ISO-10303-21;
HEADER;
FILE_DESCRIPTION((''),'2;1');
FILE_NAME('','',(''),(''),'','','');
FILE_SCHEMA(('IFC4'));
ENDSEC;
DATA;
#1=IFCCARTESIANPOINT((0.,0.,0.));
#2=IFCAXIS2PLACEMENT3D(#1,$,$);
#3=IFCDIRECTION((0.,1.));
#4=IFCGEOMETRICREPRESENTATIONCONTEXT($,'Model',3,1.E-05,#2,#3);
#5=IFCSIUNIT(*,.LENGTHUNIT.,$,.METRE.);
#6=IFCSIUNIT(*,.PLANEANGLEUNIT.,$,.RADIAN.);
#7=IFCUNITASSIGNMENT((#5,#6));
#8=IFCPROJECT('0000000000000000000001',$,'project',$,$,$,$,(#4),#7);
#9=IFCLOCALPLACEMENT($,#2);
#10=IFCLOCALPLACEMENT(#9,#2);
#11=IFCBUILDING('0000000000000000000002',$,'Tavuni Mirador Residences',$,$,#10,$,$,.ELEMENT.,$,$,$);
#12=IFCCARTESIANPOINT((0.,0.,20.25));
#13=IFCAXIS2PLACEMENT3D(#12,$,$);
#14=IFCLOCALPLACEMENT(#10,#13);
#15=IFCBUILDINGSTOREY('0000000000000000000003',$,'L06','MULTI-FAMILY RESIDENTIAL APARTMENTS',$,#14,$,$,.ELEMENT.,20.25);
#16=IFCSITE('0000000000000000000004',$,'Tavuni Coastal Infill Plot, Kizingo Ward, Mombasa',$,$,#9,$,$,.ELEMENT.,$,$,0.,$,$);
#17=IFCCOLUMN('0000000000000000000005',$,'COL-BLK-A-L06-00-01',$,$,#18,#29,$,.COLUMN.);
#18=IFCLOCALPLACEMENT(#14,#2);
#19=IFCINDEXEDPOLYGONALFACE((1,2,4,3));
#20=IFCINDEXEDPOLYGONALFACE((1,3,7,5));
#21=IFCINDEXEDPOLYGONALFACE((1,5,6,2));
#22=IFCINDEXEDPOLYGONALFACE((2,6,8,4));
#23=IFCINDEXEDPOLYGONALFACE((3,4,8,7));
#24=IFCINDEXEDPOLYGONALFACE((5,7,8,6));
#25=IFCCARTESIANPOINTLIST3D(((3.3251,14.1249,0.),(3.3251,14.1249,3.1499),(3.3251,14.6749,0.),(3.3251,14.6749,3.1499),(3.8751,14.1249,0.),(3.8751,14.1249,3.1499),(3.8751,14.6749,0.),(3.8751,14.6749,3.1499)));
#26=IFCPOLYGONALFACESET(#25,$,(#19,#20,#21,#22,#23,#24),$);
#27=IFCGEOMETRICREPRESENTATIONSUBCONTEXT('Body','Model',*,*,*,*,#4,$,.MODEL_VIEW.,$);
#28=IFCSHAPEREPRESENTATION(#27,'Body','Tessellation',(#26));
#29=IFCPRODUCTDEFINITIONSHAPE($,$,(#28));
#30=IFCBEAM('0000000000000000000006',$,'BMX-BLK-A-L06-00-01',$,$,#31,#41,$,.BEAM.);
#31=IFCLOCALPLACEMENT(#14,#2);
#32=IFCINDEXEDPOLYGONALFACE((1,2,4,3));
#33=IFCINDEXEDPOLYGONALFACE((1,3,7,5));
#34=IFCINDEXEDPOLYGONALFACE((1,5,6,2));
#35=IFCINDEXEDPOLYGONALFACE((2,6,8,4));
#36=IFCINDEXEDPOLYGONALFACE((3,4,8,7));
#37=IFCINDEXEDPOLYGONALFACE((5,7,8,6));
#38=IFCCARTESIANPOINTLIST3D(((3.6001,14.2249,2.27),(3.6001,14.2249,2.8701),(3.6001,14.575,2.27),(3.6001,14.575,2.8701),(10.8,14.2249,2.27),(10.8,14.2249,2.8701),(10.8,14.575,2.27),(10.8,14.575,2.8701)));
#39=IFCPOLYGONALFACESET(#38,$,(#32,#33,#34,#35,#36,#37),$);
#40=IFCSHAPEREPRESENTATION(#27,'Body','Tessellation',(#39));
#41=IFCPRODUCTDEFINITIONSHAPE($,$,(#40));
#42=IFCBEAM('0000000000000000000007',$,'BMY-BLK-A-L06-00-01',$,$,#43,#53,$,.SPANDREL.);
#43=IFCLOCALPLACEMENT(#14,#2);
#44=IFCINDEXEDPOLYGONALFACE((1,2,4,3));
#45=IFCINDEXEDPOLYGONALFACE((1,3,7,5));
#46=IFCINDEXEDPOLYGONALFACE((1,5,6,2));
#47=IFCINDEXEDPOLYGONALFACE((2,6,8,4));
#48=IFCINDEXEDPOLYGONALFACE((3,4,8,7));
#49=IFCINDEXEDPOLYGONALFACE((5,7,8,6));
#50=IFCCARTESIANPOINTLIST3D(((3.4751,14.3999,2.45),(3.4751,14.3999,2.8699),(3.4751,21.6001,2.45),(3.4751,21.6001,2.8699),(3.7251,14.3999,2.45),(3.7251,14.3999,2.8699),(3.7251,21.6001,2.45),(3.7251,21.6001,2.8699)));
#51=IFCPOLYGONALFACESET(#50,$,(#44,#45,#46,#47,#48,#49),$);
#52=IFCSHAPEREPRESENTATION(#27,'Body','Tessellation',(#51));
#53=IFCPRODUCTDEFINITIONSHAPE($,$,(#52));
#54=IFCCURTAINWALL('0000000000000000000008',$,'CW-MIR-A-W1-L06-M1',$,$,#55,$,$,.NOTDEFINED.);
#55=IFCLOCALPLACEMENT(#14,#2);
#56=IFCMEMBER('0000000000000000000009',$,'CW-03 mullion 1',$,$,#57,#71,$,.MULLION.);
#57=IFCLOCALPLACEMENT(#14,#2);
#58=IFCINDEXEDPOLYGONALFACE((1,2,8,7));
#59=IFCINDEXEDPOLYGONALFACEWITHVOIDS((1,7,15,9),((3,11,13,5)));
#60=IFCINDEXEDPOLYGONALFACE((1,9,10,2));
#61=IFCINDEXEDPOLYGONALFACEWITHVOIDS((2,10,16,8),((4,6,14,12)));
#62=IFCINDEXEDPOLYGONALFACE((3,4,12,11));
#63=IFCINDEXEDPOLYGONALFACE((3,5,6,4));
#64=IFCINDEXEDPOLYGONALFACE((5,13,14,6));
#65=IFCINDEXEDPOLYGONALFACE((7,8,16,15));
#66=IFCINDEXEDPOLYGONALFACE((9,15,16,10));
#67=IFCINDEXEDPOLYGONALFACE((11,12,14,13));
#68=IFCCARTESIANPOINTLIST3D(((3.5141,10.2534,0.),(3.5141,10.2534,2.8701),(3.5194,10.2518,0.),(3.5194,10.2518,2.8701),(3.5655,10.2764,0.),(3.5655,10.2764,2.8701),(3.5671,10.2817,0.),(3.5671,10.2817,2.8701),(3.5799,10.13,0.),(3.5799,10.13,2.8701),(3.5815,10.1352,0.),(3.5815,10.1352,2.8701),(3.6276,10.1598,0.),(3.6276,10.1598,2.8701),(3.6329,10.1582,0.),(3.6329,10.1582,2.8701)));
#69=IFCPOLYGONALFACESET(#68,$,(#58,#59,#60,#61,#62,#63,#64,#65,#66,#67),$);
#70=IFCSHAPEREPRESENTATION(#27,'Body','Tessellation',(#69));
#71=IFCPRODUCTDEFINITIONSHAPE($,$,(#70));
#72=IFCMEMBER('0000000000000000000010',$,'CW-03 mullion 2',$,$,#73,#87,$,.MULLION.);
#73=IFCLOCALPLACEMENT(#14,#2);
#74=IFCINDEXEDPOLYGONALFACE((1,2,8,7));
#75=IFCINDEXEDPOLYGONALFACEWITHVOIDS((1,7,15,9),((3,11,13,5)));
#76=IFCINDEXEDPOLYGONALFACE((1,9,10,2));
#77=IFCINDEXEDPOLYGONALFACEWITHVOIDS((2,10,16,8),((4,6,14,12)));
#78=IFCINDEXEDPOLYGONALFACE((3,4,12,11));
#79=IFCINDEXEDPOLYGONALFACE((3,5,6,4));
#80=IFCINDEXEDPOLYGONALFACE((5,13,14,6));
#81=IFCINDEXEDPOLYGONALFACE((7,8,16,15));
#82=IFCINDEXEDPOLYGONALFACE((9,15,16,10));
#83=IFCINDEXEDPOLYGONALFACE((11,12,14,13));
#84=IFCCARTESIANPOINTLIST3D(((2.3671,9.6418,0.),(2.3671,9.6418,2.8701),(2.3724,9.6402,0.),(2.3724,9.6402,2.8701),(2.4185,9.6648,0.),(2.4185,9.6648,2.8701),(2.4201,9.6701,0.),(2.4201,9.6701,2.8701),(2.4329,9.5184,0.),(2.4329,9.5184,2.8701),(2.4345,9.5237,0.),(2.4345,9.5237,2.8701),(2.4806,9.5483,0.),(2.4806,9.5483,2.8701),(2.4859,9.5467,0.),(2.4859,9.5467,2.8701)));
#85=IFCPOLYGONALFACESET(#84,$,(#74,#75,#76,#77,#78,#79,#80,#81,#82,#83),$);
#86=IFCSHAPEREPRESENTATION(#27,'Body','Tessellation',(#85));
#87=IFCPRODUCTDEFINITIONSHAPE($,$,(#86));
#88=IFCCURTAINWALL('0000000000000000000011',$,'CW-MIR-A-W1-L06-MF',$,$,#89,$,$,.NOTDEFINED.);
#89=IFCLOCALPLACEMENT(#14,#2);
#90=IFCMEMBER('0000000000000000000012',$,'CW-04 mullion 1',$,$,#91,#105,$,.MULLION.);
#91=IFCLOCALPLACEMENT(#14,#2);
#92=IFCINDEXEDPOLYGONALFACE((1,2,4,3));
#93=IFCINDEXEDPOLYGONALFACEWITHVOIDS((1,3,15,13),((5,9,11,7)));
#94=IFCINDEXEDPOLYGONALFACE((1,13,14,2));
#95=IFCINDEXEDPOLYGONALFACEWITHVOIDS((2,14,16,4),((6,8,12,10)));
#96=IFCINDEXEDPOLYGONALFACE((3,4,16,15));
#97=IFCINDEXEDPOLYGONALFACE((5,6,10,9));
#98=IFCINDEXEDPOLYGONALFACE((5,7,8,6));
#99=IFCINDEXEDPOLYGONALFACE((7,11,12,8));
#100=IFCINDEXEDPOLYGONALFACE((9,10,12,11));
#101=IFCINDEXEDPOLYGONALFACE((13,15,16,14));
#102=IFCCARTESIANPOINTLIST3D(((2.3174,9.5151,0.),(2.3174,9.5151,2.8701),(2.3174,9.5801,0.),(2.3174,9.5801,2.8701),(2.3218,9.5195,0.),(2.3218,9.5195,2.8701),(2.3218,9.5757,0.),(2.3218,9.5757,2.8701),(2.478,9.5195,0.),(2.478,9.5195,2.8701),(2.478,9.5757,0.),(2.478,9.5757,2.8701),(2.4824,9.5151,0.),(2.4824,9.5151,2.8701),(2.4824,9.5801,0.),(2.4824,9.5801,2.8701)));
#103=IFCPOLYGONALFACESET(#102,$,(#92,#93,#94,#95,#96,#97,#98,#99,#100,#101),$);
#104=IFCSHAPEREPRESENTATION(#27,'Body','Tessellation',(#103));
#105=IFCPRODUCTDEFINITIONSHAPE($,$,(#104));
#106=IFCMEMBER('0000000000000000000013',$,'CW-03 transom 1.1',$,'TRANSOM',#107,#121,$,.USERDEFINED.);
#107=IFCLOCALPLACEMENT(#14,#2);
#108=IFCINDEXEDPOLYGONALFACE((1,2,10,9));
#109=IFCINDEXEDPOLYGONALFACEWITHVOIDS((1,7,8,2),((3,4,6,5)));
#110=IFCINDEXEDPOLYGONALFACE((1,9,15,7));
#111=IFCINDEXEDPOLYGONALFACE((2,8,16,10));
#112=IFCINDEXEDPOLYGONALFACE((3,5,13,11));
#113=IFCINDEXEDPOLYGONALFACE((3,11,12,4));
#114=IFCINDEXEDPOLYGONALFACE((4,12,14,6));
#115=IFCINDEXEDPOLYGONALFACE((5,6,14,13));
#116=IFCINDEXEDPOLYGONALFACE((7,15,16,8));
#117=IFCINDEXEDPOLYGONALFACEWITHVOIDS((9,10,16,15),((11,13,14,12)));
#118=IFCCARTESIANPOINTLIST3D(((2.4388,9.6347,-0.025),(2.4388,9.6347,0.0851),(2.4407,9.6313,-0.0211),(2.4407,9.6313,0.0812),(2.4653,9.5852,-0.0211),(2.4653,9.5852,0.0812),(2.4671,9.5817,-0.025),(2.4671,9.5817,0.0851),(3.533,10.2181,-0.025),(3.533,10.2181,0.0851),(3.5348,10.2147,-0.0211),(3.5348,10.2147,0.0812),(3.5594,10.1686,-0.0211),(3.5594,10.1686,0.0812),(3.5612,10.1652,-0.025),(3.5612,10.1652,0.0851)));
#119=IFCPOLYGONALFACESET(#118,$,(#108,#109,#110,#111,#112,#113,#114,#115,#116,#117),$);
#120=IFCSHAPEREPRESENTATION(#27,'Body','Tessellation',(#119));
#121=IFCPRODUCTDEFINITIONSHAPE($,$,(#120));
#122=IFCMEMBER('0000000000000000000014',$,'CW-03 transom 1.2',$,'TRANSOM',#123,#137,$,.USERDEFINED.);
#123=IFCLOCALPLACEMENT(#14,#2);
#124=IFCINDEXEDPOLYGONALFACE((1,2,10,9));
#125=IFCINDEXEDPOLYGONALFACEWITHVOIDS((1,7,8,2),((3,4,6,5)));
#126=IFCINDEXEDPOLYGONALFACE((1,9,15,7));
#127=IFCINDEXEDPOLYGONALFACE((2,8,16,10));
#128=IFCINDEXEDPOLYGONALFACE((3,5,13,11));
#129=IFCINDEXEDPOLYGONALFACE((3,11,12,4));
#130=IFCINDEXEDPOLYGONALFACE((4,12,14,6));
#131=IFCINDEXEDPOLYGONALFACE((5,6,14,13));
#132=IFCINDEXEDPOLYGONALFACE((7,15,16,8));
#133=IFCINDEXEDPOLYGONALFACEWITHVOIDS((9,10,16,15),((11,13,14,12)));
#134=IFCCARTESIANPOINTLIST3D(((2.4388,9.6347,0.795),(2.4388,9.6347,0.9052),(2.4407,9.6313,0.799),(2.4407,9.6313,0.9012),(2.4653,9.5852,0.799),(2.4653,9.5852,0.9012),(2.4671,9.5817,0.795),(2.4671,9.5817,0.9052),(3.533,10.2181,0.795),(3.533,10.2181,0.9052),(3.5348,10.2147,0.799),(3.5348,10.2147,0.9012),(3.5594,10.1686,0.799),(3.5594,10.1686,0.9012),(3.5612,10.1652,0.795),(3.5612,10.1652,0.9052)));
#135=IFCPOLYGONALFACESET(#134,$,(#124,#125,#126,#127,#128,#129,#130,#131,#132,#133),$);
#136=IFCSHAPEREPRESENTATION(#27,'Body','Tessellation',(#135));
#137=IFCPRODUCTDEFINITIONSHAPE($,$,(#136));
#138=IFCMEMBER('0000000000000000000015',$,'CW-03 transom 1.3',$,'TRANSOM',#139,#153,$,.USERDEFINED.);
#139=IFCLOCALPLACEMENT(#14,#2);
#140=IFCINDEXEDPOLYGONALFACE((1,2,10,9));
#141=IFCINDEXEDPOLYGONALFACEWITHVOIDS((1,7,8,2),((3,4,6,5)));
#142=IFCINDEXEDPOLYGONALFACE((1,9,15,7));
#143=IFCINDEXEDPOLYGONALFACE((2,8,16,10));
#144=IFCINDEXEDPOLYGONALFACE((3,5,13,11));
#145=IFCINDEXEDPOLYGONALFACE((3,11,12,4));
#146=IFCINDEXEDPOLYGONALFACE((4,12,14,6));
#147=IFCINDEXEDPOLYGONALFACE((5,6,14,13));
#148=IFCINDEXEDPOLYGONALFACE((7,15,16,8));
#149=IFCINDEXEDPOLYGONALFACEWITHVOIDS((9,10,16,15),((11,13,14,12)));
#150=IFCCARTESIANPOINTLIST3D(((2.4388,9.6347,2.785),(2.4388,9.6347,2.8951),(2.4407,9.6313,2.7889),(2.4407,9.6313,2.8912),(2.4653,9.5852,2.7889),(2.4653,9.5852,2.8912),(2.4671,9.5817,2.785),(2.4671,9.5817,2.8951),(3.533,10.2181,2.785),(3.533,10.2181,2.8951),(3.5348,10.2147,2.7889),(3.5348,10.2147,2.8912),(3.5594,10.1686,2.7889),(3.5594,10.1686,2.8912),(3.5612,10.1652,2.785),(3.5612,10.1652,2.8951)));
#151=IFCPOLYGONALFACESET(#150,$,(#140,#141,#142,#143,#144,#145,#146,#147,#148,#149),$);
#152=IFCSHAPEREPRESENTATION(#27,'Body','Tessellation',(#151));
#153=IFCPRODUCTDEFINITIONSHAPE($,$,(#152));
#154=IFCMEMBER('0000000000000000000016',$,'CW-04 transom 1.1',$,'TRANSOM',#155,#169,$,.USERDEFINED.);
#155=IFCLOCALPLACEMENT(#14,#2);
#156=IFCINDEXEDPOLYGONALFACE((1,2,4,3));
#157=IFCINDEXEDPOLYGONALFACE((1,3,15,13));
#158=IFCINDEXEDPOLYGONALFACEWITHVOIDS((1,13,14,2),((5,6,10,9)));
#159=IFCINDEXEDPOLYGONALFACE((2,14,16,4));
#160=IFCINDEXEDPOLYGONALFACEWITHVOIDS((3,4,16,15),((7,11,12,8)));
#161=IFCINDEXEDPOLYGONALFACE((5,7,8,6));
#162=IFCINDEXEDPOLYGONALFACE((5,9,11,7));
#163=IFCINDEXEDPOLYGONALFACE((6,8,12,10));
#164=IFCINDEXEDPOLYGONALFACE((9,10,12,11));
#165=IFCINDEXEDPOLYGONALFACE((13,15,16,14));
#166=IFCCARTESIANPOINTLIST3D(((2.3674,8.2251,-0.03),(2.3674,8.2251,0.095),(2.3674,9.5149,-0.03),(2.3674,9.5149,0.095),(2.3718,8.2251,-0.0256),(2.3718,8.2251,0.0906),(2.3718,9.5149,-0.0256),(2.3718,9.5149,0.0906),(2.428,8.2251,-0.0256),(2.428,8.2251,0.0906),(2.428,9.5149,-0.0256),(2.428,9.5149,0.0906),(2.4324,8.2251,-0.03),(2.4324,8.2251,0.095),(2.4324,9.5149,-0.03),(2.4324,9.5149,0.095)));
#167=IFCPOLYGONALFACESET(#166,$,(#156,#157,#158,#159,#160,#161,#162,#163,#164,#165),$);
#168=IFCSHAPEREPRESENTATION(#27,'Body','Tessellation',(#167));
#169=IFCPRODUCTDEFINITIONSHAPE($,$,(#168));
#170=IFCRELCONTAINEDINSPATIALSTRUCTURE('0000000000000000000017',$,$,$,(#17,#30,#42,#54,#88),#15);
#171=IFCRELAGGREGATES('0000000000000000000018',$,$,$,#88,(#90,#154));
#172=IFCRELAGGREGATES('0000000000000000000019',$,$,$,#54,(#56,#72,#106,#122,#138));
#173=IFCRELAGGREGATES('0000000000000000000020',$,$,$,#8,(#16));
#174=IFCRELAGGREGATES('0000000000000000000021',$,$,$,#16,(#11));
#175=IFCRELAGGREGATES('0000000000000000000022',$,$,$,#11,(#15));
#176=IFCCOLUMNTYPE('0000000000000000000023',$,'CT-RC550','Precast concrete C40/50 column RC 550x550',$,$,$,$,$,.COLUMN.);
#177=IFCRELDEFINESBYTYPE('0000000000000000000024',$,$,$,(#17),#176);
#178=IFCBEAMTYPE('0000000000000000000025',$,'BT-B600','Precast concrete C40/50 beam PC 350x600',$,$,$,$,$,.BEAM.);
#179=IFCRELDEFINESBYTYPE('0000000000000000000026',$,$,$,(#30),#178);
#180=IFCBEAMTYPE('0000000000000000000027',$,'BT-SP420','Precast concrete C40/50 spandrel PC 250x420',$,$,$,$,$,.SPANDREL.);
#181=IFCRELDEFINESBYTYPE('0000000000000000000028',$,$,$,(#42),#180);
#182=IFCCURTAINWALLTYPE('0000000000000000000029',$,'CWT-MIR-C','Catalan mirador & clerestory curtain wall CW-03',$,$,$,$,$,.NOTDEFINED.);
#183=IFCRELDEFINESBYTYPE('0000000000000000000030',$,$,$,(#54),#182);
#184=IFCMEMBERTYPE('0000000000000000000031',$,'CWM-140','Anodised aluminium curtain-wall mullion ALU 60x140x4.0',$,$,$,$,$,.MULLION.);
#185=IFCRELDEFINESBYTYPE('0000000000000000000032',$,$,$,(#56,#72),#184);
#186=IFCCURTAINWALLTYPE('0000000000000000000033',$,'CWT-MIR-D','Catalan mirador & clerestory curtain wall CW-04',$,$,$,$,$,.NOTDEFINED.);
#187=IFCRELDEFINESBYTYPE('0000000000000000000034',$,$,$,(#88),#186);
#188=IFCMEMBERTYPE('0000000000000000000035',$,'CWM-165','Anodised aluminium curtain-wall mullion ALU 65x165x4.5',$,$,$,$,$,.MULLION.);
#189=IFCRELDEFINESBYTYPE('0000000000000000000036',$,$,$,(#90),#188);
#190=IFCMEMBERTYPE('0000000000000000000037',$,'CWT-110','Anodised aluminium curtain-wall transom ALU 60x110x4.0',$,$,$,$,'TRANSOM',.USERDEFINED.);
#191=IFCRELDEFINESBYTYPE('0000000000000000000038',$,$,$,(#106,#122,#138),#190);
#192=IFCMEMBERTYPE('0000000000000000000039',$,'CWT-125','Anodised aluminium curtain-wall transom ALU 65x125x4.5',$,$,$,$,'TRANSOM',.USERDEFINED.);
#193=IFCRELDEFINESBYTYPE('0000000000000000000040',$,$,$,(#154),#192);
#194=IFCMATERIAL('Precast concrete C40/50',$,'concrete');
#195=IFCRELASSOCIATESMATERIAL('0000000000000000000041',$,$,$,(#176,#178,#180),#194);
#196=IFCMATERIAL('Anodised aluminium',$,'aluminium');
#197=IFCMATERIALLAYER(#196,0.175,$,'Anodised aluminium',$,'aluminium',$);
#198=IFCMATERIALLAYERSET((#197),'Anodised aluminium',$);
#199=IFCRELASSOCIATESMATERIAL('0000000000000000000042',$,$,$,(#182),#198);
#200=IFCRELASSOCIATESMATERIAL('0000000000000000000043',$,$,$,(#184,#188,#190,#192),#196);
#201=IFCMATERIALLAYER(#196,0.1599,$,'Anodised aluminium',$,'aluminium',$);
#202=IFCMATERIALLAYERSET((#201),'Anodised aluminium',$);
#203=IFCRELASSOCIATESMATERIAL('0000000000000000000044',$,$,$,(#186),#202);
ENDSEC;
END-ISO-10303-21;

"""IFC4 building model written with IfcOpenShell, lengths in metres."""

from ifc_helpers import new_model, si_unit, direction, frame, origin, origin_2d, place, context, subcontext, project, spatial, rectangle, hollow_rectangle, extrude, material, layer, layer_set, material_profile, profile_set, type_object, element, aggregate, save


model = new_model("IFC4")

# Units and contexts
model_context = context("Model", 3, precision=1e-05, world=origin(), true_north=direction((0.0, 1.0)))
body_context = subcontext(model_context, "Body", "Model", "MODEL_VIEW")
ifc_project = project(units=[si_unit("LENGTHUNIT", "METRE"), si_unit("PLANEANGLEUNIT", "RADIAN")], contexts=[model_context])

# Site, building, storey
site_placement = place(None, origin())
site = spatial("IfcSite", under=ifc_project, at=site_placement, Name="Tavuni Coastal Infill Plot, Kizingo Ward, Mombasa", CompositionType="ELEMENT", RefElevation=0.0)
building_placement = place(site_placement, origin())
building = spatial("IfcBuilding", under=site, at=building_placement, Name="Tavuni Mirador Residences", CompositionType="ELEMENT")
storey_placement = place(building_placement, frame((0.0, 0.0, 20.25)))
storey = spatial("IfcBuildingStorey", under=building, at=storey_placement, Name="L06", Description="MULTI-FAMILY RESIDENTIAL APARTMENTS", CompositionType="ELEMENT", Elevation=20.25)

# Column
ifc_material_1 = material(Name="Precast concrete C40/50", Category="concrete")
ifc_material_profile_1 = material_profile(ifc_material_1, rectangle(XDim=0.55, YDim=0.55, at=origin_2d()), Name="RC 550x550", Category="concrete")
ifc_profile_set_1 = profile_set([ifc_material_profile_1], Name="Precast concrete C40/50")
column_type = type_object("IfcColumnType", Name="CT-RC550", Description="Precast concrete C40/50 column RC 550x550", PredefinedType="COLUMN", material=ifc_profile_set_1)
column_placement = place(storey_placement, frame((3.6001, 14.3999, 0.0), z_axis=(0.0, 0.0, 1.0), x_axis=(1.0, 0.0, 0.0)))
element("IfcColumn", 1, at=column_placement, inside=storey, type_object=column_type, Name="COL-BLK-A-L06-00-01", PredefinedType="COLUMN", context=body_context, shape_type="SweptSolid", body=[
    extrude(rectangle(XDim=0.55, YDim=0.55, at=origin_2d()), origin(), (0.0, 0.0, 1.0), 3.1499),
])

# Beams
ifc_material_profile_2 = material_profile(ifc_material_1, rectangle(XDim=0.3501, YDim=0.6001, at=origin_2d()), Name="PC 350x600", Category="concrete")
ifc_profile_set_2 = profile_set([ifc_material_profile_2], Name="Precast concrete C40/50")
beam_type_1 = type_object("IfcBeamType", Name="BT-B600", Description="Precast concrete C40/50 beam PC 350x600", PredefinedType="BEAM", material=ifc_profile_set_2)
beam_1_placement = place(storey_placement, frame((3.6001, 14.3999, 2.5701), z_axis=(1.0, 0.0, 0.0), x_axis=(0.0, 1.0, 0.0)))
element("IfcBeam", 2, at=beam_1_placement, inside=storey, type_object=beam_type_1, Name="BMX-BLK-A-L06-00-01", PredefinedType="BEAM", context=body_context, shape_type="SweptSolid", body=[
    extrude(rectangle(XDim=0.3501, YDim=0.6001, at=origin_2d()), origin(), (0.0, 0.0, 1.0), 7.2),
])
ifc_material_profile_3 = material_profile(ifc_material_1, rectangle(XDim=0.25, YDim=0.4199, at=origin_2d()), Name="PC 250x420", Category="concrete")
ifc_profile_set_3 = profile_set([ifc_material_profile_3], Name="Precast concrete C40/50")
beam_type_2 = type_object("IfcBeamType", Name="BT-SP420", Description="Precast concrete C40/50 spandrel PC 250x420", PredefinedType="SPANDREL", material=ifc_profile_set_3)
beam_2_placement = place(storey_placement, frame((3.6001, 14.3999, 2.6599), z_axis=(0.0, 1.0, 0.0), x_axis=(-1.0, 0.0, 0.0)))
element("IfcBeam", 3, at=beam_2_placement, inside=storey, type_object=beam_type_2, Name="BMY-BLK-A-L06-00-01", PredefinedType="SPANDREL", context=body_context, shape_type="SweptSolid", body=[
    extrude(rectangle(XDim=0.25, YDim=0.4199, at=origin_2d()), origin(), (0.0, 0.0, 1.0), 7.2002),
])

# Curtain wall, members
ifc_material_2 = material(Name="Anodised aluminium", Category="aluminium")
ifc_layer_1 = layer(ifc_material_2, 0.175, Name="Anodised aluminium", Category="aluminium")
ifc_layer_set_1 = layer_set([ifc_layer_1], Name="Anodised aluminium")
curtain_wall_type_1 = type_object("IfcCurtainWallType", Name="CWT-MIR-C", Description="Catalan mirador & clerestory curtain wall CW-03", PredefinedType="NOTDEFINED", material=ifc_layer_set_1)
curtain_wall_1_placement = place(storey_placement, origin())
curtain_wall_1 = element("IfcCurtainWall", 4, at=curtain_wall_1_placement, inside=storey, type_object=curtain_wall_type_1, Name="CW-MIR-A-W1-L06-M1", PredefinedType="NOTDEFINED")
ifc_material_profile_4 = material_profile(ifc_material_2, hollow_rectangle(XDim=0.0601, YDim=0.1399, WallThickness=0.0039, at=origin_2d()), Name="ALU 60x140x4.0", Category="aluminium")
ifc_profile_set_4 = profile_set([ifc_material_profile_4], Name="Anodised aluminium")
member_type_1 = type_object("IfcMemberType", Name="CWM-140", Description="Anodised aluminium curtain-wall mullion ALU 60x140x4.0", PredefinedType="MULLION", material=ifc_profile_set_4)
member_1_placement = place(storey_placement, frame((3.5735, 10.2058, 0.0), z_axis=(0.0, 0.0, 1.0), x_axis=(-0.882353, -0.470588, 0.0)))
member_1 = element("IfcMember", 5, at=member_1_placement, type_object=member_type_1, Name="CW-03 mullion 1", PredefinedType="MULLION", context=body_context, shape_type="SweptSolid", body=[
    extrude(hollow_rectangle(XDim=0.0601, YDim=0.1399, WallThickness=0.0039, at=origin_2d()), origin(), (0.0, 0.0, 1.0), 2.8701),
])
member_2_placement = place(storey_placement, frame((2.4265, 9.5942, 0.0), z_axis=(0.0, 0.0, 1.0), x_axis=(-0.882353, -0.470588, 0.0)))
member_2 = element("IfcMember", 6, at=member_2_placement, type_object=member_type_1, Name="CW-03 mullion 2", PredefinedType="MULLION", context=body_context, shape_type="SweptSolid", body=[
    extrude(hollow_rectangle(XDim=0.0601, YDim=0.1399, WallThickness=0.0039, at=origin_2d()), origin(), (0.0, 0.0, 1.0), 2.8701),
])

# Curtain wall, member
ifc_layer_2 = layer(ifc_material_2, 0.1599, Name="Anodised aluminium", Category="aluminium")
ifc_layer_set_2 = layer_set([ifc_layer_2], Name="Anodised aluminium")
curtain_wall_type_2 = type_object("IfcCurtainWallType", Name="CWT-MIR-D", Description="Catalan mirador & clerestory curtain wall CW-04", PredefinedType="NOTDEFINED", material=ifc_layer_set_2)
curtain_wall_2_placement = place(storey_placement, origin())
curtain_wall_2 = element("IfcCurtainWall", 7, at=curtain_wall_2_placement, inside=storey, type_object=curtain_wall_type_2, Name="CW-MIR-A-W1-L06-MF", PredefinedType="NOTDEFINED")
ifc_material_profile_5 = material_profile(ifc_material_2, hollow_rectangle(XDim=0.0649, YDim=0.165, WallThickness=0.0044, at=origin_2d()), Name="ALU 65x165x4.5", Category="aluminium")
ifc_profile_set_5 = profile_set([ifc_material_profile_5], Name="Anodised aluminium")
member_type_2 = type_object("IfcMemberType", Name="CWM-165", Description="Anodised aluminium curtain-wall mullion ALU 65x165x4.5", PredefinedType="MULLION", material=ifc_profile_set_5)
member_3_placement = place(storey_placement, frame((2.3999, 9.5476, 0.0), z_axis=(0.0, 0.0, 1.0), x_axis=(0.0, -1.0, 0.0)))
member_3 = element("IfcMember", 8, at=member_3_placement, type_object=member_type_2, Name="CW-04 mullion 1", PredefinedType="MULLION", context=body_context, shape_type="SweptSolid", body=[
    extrude(hollow_rectangle(XDim=0.0649, YDim=0.165, WallThickness=0.0044, at=origin_2d()), origin(), (0.0, 0.0, 1.0), 2.8701),
])

# Members
ifc_material_profile_6 = material_profile(ifc_material_2, hollow_rectangle(XDim=0.0601, YDim=0.1101, WallThickness=0.0039, at=origin_2d()), Name="ALU 60x110x4.0", Category="aluminium")
ifc_profile_set_6 = profile_set([ifc_material_profile_6], Name="Anodised aluminium")
member_type_3 = type_object("IfcMemberType", Name="CWT-110", Description="Anodised aluminium curtain-wall transom ALU 60x110x4.0", ElementType="TRANSOM", PredefinedType="USERDEFINED", material=ifc_profile_set_6)
member_4_placement = place(storey_placement, frame((3.5471, 10.1917, 0.03), z_axis=(-0.882386, -0.470527, 0.0), x_axis=(0.470527, -0.882386, 0.0)))
member_4 = element("IfcMember", 9, at=member_4_placement, type_object=member_type_3, Name="CW-03 transom 1.1", ObjectType="TRANSOM", PredefinedType="USERDEFINED", context=body_context, shape_type="SweptSolid", body=[
    extrude(hollow_rectangle(XDim=0.0601, YDim=0.1101, WallThickness=0.0039, at=origin_2d()), origin(), (0.0, 0.0, 1.0), 1.24),
])
member_5_placement = place(storey_placement, frame((3.5471, 10.1917, 0.8501), z_axis=(-0.882386, -0.470527, 0.0), x_axis=(0.470527, -0.882386, 0.0)))
member_5 = element("IfcMember", 10, at=member_5_placement, type_object=member_type_3, Name="CW-03 transom 1.2", ObjectType="TRANSOM", PredefinedType="USERDEFINED", context=body_context, shape_type="SweptSolid", body=[
    extrude(hollow_rectangle(XDim=0.0601, YDim=0.1101, WallThickness=0.0039, at=origin_2d()), origin(), (0.0, 0.0, 1.0), 1.24),
])
member_6_placement = place(storey_placement, frame((3.5471, 10.1917, 2.8401), z_axis=(-0.882386, -0.470527, 0.0), x_axis=(0.470527, -0.882386, 0.0)))
member_6 = element("IfcMember", 11, at=member_6_placement, type_object=member_type_3, Name="CW-03 transom 1.3", ObjectType="TRANSOM", PredefinedType="USERDEFINED", context=body_context, shape_type="SweptSolid", body=[
    extrude(hollow_rectangle(XDim=0.0601, YDim=0.1101, WallThickness=0.0039, at=origin_2d()), origin(), (0.0, 0.0, 1.0), 1.24),
])
ifc_material_profile_7 = material_profile(ifc_material_2, hollow_rectangle(XDim=0.0649, YDim=0.125, WallThickness=0.0044, at=origin_2d()), Name="ALU 65x125x4.5", Category="aluminium")
ifc_profile_set_7 = profile_set([ifc_material_profile_7], Name="Anodised aluminium")
member_type_4 = type_object("IfcMemberType", Name="CWT-125", Description="Anodised aluminium curtain-wall transom ALU 65x125x4.5", ElementType="TRANSOM", PredefinedType="USERDEFINED", material=ifc_profile_set_7)
member_7_placement = place(storey_placement, frame((2.3999, 9.5149, 0.0325), z_axis=(0.0, -1.0, 0.0), x_axis=(1.0, 0.0, 0.0)))
member_7 = element("IfcMember", 12, at=member_7_placement, type_object=member_type_4, Name="CW-04 transom 1.1", ObjectType="TRANSOM", PredefinedType="USERDEFINED", context=body_context, shape_type="SweptSolid", body=[
    extrude(hollow_rectangle(XDim=0.0649, YDim=0.125, WallThickness=0.0044, at=origin_2d()), origin(), (0.0, 0.0, 1.0), 1.2898),
])

aggregate(curtain_wall_2, [member_3, member_7])
aggregate(curtain_wall_1, [member_1, member_2, member_4, member_5, member_6])

save(model, "model.ifc")
